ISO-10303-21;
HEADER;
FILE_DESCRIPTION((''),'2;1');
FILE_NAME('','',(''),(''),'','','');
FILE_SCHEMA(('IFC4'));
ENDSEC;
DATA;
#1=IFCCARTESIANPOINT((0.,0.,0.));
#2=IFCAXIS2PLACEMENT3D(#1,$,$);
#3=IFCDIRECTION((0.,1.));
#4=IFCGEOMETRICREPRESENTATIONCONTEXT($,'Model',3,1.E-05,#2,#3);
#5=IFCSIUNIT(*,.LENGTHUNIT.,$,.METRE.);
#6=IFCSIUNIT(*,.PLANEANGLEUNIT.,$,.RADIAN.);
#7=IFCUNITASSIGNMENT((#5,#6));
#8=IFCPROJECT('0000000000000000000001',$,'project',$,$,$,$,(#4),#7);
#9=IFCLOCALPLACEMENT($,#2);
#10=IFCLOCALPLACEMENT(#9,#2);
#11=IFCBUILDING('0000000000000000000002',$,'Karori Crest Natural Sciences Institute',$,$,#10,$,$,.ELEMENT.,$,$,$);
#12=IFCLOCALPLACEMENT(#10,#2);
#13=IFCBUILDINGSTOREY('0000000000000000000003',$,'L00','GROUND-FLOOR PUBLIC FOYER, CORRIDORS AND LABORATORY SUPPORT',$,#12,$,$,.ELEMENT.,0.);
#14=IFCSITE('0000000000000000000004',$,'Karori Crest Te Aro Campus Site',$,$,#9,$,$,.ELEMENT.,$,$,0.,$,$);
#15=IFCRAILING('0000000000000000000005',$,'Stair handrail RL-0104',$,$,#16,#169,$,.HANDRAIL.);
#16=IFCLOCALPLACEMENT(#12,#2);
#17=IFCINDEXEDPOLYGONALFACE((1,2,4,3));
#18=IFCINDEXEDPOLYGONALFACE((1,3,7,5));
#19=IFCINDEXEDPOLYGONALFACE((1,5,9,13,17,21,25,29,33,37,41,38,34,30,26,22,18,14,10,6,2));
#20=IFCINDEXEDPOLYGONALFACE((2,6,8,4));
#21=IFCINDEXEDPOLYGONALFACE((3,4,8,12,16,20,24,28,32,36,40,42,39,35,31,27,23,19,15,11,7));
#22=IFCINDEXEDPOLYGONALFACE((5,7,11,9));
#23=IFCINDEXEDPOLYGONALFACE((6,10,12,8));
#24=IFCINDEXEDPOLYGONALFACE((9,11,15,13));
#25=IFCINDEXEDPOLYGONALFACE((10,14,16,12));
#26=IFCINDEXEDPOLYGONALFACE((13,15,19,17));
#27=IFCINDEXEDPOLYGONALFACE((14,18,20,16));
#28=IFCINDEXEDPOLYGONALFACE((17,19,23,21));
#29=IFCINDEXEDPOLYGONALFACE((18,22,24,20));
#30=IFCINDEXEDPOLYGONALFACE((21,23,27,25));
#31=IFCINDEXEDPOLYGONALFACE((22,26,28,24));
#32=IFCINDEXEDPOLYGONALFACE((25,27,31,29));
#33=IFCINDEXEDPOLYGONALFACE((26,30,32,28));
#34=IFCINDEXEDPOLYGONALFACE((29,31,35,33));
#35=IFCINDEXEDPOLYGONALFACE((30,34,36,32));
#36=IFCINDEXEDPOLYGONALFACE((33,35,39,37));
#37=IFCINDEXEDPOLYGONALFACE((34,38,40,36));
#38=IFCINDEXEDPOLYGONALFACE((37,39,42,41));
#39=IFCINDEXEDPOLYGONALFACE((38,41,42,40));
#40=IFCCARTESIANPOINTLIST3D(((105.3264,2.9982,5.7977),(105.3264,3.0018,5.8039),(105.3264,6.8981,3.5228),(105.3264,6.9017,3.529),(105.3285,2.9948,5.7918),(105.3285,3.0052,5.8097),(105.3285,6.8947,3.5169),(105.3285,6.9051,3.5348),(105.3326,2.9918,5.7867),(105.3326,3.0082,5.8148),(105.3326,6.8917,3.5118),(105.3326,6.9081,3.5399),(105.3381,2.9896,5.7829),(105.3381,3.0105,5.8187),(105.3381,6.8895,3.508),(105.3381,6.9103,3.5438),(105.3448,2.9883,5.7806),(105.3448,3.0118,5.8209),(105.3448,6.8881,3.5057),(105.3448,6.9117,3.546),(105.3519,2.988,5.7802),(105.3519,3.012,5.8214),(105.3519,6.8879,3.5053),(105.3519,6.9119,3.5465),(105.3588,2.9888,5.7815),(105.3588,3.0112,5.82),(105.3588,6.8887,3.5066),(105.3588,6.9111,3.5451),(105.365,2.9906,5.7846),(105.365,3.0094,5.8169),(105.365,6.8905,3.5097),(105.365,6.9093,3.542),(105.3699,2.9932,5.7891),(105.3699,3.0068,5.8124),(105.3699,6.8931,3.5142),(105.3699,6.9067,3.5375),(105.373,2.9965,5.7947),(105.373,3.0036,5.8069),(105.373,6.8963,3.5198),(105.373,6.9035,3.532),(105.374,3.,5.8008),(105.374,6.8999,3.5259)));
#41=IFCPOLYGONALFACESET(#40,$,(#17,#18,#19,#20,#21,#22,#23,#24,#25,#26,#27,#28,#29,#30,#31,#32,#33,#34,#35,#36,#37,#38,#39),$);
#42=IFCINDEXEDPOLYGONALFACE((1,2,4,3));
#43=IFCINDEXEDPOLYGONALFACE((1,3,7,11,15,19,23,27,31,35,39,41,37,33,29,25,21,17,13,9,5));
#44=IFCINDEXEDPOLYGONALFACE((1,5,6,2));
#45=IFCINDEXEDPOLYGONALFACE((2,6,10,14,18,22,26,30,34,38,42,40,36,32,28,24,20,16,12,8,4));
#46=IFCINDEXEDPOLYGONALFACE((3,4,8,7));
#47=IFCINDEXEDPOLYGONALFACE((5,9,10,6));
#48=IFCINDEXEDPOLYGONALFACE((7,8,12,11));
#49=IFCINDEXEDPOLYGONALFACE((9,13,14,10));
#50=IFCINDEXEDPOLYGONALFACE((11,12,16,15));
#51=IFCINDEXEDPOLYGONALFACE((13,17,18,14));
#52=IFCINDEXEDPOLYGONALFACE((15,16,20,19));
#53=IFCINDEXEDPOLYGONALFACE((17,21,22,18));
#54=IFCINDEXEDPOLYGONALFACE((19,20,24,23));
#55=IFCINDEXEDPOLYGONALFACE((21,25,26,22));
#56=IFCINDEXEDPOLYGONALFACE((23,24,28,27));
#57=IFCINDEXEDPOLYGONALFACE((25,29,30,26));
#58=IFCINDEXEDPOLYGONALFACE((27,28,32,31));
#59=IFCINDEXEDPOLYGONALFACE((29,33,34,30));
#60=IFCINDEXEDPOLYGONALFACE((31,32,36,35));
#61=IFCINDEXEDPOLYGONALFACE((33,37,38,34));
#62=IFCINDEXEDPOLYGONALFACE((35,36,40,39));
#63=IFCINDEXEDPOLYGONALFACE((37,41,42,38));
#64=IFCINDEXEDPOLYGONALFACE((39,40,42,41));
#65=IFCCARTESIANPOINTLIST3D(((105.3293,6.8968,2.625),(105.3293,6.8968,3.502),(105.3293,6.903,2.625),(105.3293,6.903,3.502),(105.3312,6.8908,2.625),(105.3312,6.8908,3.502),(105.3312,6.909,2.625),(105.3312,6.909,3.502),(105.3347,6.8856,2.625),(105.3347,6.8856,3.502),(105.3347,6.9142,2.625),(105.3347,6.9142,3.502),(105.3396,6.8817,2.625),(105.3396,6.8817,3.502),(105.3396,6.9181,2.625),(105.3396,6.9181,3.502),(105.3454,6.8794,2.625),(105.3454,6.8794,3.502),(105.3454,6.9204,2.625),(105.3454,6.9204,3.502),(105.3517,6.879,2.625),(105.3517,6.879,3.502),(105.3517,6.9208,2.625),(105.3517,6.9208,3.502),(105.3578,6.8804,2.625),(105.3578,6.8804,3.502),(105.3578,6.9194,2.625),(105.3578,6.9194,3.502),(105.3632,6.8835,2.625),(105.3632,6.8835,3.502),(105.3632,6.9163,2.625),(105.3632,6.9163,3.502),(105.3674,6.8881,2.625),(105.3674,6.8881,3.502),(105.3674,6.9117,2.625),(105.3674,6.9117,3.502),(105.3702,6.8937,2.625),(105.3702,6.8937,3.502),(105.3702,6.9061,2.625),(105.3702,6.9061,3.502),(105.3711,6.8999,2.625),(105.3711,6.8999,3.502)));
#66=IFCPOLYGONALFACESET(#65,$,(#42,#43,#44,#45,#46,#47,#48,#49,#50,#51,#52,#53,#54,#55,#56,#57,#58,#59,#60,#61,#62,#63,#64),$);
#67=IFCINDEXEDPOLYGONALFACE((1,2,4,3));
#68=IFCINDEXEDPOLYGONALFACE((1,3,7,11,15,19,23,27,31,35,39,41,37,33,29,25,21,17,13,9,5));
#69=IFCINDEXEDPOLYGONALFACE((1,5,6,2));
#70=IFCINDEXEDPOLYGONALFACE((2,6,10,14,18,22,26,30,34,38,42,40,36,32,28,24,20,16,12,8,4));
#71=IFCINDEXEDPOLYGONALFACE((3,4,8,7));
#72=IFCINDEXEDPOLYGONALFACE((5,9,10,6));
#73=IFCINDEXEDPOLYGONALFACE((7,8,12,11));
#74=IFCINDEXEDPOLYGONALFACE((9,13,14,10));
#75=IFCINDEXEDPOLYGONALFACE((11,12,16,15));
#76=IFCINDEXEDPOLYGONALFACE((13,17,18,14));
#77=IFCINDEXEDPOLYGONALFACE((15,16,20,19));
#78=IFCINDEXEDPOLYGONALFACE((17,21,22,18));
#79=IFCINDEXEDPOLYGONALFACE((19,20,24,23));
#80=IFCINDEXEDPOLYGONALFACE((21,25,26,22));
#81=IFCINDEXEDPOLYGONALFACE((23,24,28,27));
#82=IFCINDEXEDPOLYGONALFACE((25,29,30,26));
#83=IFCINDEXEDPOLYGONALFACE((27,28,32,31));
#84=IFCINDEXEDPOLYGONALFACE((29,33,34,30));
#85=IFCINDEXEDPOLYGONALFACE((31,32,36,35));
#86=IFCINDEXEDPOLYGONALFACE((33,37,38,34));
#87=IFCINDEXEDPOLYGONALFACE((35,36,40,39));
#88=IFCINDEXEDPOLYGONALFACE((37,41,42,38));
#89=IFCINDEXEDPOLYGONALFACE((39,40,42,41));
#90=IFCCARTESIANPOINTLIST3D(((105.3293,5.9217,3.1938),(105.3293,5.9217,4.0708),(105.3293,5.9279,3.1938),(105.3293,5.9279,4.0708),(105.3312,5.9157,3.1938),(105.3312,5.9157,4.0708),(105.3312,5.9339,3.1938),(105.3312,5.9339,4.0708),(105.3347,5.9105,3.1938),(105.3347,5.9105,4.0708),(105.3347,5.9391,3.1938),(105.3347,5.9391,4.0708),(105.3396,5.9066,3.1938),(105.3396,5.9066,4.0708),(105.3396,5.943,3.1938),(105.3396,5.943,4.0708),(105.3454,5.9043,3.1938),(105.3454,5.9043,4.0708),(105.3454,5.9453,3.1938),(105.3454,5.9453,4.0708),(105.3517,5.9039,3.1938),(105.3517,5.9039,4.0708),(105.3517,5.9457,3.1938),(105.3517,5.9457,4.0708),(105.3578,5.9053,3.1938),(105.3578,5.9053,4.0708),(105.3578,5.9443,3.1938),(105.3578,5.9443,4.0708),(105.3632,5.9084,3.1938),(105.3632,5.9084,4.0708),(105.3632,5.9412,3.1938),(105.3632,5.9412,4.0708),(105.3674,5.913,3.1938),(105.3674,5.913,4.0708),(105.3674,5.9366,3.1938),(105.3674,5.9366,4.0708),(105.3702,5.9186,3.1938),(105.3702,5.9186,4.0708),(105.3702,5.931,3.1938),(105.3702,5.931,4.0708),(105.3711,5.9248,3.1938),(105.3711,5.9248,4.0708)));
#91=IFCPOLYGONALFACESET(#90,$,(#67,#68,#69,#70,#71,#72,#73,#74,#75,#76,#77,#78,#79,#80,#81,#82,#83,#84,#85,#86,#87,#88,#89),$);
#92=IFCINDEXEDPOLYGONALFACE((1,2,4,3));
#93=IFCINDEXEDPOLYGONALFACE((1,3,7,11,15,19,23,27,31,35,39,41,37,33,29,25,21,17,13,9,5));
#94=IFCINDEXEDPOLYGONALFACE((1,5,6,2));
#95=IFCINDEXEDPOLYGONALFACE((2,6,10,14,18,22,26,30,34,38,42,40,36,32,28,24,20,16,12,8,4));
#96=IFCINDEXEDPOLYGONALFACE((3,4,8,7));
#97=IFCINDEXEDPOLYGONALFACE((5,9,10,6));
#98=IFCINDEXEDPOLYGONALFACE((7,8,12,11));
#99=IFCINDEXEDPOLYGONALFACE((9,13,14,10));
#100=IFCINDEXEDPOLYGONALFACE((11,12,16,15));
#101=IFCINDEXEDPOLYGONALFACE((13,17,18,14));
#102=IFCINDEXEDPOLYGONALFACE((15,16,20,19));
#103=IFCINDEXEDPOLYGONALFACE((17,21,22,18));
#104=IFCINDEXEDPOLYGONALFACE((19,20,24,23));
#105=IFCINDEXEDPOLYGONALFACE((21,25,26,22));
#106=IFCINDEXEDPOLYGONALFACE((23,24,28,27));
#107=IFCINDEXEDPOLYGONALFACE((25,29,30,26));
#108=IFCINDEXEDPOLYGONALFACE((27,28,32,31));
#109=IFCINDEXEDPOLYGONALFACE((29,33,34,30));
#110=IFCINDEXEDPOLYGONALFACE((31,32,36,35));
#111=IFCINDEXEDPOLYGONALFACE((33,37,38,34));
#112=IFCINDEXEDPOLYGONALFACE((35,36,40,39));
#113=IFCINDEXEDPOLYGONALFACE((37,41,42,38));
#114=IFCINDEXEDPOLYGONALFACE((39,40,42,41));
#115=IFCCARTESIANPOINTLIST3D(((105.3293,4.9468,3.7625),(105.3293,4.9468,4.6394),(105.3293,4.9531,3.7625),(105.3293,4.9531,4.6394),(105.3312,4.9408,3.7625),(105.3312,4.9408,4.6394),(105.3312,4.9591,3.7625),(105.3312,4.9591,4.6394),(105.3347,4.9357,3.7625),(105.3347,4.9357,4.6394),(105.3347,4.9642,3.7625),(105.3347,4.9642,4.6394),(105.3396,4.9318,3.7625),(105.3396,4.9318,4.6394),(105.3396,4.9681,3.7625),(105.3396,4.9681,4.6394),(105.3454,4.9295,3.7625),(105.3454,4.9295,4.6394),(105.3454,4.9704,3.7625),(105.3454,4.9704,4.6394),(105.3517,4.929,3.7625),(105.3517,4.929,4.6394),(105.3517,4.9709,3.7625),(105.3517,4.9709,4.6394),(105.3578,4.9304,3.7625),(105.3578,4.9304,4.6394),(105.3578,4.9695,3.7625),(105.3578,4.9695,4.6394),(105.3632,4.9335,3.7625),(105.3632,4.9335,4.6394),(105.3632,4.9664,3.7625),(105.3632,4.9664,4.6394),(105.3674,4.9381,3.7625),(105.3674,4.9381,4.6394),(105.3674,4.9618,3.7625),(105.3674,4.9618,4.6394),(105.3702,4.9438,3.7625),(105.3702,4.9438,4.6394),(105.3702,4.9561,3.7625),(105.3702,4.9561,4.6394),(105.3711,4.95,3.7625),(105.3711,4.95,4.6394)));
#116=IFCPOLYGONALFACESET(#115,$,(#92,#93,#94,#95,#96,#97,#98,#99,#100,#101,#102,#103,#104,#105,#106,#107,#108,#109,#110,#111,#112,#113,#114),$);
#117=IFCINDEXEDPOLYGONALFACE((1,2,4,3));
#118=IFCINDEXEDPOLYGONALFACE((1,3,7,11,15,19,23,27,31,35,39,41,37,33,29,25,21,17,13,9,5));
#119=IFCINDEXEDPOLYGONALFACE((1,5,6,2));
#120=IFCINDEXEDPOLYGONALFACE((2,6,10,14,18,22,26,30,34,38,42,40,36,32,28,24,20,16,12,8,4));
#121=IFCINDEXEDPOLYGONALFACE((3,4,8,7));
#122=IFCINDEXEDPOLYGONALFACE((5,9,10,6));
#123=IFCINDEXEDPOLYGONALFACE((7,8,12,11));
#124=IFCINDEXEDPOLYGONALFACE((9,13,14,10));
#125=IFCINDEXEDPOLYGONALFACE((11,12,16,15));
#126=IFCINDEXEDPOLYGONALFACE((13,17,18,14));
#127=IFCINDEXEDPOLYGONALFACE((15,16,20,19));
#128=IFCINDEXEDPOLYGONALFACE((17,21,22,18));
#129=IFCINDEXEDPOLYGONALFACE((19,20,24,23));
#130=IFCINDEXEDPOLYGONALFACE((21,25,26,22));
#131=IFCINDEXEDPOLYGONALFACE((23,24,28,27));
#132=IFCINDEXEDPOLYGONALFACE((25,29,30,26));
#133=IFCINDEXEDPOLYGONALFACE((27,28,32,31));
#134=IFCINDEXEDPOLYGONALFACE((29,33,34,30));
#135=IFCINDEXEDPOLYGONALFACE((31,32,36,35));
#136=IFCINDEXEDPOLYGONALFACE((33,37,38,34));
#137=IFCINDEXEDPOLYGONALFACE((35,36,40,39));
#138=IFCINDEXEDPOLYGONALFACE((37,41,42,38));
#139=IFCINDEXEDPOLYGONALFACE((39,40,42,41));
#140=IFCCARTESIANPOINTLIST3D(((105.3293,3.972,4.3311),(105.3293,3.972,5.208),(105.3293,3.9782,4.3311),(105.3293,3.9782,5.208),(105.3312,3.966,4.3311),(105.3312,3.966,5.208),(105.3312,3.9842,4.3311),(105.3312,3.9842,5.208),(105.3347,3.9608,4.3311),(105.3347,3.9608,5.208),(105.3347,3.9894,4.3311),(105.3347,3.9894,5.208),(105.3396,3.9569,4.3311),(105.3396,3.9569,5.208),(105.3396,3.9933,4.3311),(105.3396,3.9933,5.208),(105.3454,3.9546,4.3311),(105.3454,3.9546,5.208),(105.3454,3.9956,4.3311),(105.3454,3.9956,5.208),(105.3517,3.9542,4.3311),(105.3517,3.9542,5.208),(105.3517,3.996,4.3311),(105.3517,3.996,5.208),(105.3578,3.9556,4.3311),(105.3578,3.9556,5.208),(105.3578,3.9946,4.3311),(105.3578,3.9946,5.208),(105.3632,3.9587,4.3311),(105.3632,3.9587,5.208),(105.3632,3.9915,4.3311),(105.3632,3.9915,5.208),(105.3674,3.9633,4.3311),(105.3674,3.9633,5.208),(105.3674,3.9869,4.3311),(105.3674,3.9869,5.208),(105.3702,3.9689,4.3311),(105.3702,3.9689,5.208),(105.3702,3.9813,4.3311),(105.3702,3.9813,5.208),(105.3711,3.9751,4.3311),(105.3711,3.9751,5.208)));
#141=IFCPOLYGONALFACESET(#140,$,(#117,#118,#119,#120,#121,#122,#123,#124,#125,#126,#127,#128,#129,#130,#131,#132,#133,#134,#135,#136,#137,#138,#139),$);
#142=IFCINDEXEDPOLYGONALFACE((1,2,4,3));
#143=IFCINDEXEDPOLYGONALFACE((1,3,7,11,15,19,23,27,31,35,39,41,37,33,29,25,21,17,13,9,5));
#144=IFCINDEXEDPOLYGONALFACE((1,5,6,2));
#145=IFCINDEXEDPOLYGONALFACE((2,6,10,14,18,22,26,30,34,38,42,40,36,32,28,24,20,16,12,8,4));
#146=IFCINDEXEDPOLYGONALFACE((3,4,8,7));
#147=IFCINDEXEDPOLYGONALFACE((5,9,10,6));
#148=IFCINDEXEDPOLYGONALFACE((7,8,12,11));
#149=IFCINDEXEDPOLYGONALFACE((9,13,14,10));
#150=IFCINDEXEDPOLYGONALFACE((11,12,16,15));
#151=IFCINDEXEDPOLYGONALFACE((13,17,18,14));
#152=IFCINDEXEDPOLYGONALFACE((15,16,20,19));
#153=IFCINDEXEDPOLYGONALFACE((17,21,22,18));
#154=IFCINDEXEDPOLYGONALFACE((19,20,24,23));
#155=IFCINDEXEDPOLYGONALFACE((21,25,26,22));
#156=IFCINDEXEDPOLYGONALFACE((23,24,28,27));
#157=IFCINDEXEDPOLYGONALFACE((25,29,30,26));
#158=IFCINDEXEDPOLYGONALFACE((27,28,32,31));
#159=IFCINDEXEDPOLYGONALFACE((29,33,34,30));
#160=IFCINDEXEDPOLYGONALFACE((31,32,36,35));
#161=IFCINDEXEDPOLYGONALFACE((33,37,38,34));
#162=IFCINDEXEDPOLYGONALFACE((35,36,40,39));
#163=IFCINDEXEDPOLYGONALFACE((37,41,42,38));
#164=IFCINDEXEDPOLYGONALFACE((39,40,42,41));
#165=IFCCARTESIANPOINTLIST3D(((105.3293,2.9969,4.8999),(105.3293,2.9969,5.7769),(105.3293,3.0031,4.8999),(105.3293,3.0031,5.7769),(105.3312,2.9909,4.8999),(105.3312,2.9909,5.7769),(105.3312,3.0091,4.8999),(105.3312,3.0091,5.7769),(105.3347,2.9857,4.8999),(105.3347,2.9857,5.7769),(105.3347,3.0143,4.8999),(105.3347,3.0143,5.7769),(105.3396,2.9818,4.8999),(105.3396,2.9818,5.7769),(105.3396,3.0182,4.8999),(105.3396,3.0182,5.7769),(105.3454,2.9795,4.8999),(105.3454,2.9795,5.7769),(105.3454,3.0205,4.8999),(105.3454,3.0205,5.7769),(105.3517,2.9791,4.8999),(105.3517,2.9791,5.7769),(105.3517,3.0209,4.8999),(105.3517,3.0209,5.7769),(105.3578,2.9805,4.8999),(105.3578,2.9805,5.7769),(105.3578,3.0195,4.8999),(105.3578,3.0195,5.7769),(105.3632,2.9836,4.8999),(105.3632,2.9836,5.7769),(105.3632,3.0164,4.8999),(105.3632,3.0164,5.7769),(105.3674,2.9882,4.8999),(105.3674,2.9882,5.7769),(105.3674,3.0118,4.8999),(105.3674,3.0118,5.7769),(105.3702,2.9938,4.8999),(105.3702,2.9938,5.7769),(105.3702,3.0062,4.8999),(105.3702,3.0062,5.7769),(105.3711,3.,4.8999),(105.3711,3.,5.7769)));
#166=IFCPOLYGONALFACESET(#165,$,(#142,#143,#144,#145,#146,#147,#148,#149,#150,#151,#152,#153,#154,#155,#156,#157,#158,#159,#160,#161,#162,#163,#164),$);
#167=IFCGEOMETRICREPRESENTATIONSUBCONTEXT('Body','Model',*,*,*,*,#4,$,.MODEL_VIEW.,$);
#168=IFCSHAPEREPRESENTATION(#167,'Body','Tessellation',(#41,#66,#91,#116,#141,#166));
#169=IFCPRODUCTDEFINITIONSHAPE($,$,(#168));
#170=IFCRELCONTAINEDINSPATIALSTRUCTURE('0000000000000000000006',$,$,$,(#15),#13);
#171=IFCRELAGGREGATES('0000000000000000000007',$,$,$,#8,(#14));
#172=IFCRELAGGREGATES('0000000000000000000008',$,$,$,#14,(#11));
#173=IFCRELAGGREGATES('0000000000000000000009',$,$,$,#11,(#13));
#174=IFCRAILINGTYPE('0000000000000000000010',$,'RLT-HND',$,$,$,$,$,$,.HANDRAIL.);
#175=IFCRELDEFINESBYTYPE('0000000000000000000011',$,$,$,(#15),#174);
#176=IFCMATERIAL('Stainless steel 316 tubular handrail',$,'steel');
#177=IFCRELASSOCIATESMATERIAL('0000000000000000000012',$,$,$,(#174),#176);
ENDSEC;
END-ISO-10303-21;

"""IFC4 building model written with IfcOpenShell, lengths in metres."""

from ifc_helpers import new_model, si_unit, direction, frame, origin, origin_2d, place, context, subcontext, project, spatial, circle, extrude, material, type_object, element, save


model = new_model("IFC4")

# Units and contexts
model_context = context("Model", 3, precision=1e-05, world=origin(), true_north=direction((0.0, 1.0)))
body_context = subcontext(model_context, "Body", "Model", "MODEL_VIEW")
ifc_project = project(units=[si_unit("LENGTHUNIT", "METRE"), si_unit("PLANEANGLEUNIT", "RADIAN")], contexts=[model_context])

# Site, building, storey
site_placement = place(None, origin())
site = spatial("IfcSite", under=ifc_project, at=site_placement, Name="Karori Crest Te Aro Campus Site", CompositionType="ELEMENT", RefElevation=0.0)
building_placement = place(site_placement, origin())
building = spatial("IfcBuilding", under=site, at=building_placement, Name="Karori Crest Natural Sciences Institute", CompositionType="ELEMENT")
storey_placement = place(building_placement, origin())
storey = spatial("IfcBuildingStorey", under=building, at=storey_placement, Name="L00", Description="GROUND-FLOOR PUBLIC FOYER, CORRIDORS AND LABORATORY SUPPORT", CompositionType="ELEMENT", Elevation=0.0)

# Railing
ifc_material_1 = material(Name="Stainless steel 316 tubular handrail", Category="steel")
railing_type_1 = type_object("IfcRailingType", Name="RLT-HND", PredefinedType="HANDRAIL", material=ifc_material_1)
railing_1_placement = place(storey_placement, frame((105.3501, 6.8999, 2.625)))
element("IfcRailing", 1, at=railing_1_placement, inside=storey, type_object=railing_type_1, Name="Stair handrail RL-0104", PredefinedType="HANDRAIL", context=body_context, shape_type="SweptSolid", body=[
    extrude(circle(Radius=0.0239, at=origin_2d()), frame((0.0, 0.0, 0.9009), z_axis=(0.0, -0.863783, 0.503864), x_axis=(1.0, 0.0, 0.0)), (0.0, 0.0, 1.0), 4.5149),
    extrude(circle(Radius=0.021, at=origin_2d()), origin(), (0.0, 0.0, 1.0), 0.877),
    extrude(circle(Radius=0.021, at=origin_2d()), frame((0.0, -0.9751, 0.5688)), (0.0, 0.0, 1.0), 0.877),
    extrude(circle(Radius=0.021, at=origin_2d()), frame((0.0, -1.95, 1.1375)), (0.0, 0.0, 1.0), 0.877),
    extrude(circle(Radius=0.021, at=origin_2d()), frame((0.0, -2.9248, 1.7061)), (0.0, 0.0, 1.0), 0.877),
    extrude(circle(Radius=0.021, at=origin_2d()), frame((0.0, -3.8999, 2.2749)), (0.0, 0.0, 1.0), 0.877),
])

save(model, "model.ifc")
